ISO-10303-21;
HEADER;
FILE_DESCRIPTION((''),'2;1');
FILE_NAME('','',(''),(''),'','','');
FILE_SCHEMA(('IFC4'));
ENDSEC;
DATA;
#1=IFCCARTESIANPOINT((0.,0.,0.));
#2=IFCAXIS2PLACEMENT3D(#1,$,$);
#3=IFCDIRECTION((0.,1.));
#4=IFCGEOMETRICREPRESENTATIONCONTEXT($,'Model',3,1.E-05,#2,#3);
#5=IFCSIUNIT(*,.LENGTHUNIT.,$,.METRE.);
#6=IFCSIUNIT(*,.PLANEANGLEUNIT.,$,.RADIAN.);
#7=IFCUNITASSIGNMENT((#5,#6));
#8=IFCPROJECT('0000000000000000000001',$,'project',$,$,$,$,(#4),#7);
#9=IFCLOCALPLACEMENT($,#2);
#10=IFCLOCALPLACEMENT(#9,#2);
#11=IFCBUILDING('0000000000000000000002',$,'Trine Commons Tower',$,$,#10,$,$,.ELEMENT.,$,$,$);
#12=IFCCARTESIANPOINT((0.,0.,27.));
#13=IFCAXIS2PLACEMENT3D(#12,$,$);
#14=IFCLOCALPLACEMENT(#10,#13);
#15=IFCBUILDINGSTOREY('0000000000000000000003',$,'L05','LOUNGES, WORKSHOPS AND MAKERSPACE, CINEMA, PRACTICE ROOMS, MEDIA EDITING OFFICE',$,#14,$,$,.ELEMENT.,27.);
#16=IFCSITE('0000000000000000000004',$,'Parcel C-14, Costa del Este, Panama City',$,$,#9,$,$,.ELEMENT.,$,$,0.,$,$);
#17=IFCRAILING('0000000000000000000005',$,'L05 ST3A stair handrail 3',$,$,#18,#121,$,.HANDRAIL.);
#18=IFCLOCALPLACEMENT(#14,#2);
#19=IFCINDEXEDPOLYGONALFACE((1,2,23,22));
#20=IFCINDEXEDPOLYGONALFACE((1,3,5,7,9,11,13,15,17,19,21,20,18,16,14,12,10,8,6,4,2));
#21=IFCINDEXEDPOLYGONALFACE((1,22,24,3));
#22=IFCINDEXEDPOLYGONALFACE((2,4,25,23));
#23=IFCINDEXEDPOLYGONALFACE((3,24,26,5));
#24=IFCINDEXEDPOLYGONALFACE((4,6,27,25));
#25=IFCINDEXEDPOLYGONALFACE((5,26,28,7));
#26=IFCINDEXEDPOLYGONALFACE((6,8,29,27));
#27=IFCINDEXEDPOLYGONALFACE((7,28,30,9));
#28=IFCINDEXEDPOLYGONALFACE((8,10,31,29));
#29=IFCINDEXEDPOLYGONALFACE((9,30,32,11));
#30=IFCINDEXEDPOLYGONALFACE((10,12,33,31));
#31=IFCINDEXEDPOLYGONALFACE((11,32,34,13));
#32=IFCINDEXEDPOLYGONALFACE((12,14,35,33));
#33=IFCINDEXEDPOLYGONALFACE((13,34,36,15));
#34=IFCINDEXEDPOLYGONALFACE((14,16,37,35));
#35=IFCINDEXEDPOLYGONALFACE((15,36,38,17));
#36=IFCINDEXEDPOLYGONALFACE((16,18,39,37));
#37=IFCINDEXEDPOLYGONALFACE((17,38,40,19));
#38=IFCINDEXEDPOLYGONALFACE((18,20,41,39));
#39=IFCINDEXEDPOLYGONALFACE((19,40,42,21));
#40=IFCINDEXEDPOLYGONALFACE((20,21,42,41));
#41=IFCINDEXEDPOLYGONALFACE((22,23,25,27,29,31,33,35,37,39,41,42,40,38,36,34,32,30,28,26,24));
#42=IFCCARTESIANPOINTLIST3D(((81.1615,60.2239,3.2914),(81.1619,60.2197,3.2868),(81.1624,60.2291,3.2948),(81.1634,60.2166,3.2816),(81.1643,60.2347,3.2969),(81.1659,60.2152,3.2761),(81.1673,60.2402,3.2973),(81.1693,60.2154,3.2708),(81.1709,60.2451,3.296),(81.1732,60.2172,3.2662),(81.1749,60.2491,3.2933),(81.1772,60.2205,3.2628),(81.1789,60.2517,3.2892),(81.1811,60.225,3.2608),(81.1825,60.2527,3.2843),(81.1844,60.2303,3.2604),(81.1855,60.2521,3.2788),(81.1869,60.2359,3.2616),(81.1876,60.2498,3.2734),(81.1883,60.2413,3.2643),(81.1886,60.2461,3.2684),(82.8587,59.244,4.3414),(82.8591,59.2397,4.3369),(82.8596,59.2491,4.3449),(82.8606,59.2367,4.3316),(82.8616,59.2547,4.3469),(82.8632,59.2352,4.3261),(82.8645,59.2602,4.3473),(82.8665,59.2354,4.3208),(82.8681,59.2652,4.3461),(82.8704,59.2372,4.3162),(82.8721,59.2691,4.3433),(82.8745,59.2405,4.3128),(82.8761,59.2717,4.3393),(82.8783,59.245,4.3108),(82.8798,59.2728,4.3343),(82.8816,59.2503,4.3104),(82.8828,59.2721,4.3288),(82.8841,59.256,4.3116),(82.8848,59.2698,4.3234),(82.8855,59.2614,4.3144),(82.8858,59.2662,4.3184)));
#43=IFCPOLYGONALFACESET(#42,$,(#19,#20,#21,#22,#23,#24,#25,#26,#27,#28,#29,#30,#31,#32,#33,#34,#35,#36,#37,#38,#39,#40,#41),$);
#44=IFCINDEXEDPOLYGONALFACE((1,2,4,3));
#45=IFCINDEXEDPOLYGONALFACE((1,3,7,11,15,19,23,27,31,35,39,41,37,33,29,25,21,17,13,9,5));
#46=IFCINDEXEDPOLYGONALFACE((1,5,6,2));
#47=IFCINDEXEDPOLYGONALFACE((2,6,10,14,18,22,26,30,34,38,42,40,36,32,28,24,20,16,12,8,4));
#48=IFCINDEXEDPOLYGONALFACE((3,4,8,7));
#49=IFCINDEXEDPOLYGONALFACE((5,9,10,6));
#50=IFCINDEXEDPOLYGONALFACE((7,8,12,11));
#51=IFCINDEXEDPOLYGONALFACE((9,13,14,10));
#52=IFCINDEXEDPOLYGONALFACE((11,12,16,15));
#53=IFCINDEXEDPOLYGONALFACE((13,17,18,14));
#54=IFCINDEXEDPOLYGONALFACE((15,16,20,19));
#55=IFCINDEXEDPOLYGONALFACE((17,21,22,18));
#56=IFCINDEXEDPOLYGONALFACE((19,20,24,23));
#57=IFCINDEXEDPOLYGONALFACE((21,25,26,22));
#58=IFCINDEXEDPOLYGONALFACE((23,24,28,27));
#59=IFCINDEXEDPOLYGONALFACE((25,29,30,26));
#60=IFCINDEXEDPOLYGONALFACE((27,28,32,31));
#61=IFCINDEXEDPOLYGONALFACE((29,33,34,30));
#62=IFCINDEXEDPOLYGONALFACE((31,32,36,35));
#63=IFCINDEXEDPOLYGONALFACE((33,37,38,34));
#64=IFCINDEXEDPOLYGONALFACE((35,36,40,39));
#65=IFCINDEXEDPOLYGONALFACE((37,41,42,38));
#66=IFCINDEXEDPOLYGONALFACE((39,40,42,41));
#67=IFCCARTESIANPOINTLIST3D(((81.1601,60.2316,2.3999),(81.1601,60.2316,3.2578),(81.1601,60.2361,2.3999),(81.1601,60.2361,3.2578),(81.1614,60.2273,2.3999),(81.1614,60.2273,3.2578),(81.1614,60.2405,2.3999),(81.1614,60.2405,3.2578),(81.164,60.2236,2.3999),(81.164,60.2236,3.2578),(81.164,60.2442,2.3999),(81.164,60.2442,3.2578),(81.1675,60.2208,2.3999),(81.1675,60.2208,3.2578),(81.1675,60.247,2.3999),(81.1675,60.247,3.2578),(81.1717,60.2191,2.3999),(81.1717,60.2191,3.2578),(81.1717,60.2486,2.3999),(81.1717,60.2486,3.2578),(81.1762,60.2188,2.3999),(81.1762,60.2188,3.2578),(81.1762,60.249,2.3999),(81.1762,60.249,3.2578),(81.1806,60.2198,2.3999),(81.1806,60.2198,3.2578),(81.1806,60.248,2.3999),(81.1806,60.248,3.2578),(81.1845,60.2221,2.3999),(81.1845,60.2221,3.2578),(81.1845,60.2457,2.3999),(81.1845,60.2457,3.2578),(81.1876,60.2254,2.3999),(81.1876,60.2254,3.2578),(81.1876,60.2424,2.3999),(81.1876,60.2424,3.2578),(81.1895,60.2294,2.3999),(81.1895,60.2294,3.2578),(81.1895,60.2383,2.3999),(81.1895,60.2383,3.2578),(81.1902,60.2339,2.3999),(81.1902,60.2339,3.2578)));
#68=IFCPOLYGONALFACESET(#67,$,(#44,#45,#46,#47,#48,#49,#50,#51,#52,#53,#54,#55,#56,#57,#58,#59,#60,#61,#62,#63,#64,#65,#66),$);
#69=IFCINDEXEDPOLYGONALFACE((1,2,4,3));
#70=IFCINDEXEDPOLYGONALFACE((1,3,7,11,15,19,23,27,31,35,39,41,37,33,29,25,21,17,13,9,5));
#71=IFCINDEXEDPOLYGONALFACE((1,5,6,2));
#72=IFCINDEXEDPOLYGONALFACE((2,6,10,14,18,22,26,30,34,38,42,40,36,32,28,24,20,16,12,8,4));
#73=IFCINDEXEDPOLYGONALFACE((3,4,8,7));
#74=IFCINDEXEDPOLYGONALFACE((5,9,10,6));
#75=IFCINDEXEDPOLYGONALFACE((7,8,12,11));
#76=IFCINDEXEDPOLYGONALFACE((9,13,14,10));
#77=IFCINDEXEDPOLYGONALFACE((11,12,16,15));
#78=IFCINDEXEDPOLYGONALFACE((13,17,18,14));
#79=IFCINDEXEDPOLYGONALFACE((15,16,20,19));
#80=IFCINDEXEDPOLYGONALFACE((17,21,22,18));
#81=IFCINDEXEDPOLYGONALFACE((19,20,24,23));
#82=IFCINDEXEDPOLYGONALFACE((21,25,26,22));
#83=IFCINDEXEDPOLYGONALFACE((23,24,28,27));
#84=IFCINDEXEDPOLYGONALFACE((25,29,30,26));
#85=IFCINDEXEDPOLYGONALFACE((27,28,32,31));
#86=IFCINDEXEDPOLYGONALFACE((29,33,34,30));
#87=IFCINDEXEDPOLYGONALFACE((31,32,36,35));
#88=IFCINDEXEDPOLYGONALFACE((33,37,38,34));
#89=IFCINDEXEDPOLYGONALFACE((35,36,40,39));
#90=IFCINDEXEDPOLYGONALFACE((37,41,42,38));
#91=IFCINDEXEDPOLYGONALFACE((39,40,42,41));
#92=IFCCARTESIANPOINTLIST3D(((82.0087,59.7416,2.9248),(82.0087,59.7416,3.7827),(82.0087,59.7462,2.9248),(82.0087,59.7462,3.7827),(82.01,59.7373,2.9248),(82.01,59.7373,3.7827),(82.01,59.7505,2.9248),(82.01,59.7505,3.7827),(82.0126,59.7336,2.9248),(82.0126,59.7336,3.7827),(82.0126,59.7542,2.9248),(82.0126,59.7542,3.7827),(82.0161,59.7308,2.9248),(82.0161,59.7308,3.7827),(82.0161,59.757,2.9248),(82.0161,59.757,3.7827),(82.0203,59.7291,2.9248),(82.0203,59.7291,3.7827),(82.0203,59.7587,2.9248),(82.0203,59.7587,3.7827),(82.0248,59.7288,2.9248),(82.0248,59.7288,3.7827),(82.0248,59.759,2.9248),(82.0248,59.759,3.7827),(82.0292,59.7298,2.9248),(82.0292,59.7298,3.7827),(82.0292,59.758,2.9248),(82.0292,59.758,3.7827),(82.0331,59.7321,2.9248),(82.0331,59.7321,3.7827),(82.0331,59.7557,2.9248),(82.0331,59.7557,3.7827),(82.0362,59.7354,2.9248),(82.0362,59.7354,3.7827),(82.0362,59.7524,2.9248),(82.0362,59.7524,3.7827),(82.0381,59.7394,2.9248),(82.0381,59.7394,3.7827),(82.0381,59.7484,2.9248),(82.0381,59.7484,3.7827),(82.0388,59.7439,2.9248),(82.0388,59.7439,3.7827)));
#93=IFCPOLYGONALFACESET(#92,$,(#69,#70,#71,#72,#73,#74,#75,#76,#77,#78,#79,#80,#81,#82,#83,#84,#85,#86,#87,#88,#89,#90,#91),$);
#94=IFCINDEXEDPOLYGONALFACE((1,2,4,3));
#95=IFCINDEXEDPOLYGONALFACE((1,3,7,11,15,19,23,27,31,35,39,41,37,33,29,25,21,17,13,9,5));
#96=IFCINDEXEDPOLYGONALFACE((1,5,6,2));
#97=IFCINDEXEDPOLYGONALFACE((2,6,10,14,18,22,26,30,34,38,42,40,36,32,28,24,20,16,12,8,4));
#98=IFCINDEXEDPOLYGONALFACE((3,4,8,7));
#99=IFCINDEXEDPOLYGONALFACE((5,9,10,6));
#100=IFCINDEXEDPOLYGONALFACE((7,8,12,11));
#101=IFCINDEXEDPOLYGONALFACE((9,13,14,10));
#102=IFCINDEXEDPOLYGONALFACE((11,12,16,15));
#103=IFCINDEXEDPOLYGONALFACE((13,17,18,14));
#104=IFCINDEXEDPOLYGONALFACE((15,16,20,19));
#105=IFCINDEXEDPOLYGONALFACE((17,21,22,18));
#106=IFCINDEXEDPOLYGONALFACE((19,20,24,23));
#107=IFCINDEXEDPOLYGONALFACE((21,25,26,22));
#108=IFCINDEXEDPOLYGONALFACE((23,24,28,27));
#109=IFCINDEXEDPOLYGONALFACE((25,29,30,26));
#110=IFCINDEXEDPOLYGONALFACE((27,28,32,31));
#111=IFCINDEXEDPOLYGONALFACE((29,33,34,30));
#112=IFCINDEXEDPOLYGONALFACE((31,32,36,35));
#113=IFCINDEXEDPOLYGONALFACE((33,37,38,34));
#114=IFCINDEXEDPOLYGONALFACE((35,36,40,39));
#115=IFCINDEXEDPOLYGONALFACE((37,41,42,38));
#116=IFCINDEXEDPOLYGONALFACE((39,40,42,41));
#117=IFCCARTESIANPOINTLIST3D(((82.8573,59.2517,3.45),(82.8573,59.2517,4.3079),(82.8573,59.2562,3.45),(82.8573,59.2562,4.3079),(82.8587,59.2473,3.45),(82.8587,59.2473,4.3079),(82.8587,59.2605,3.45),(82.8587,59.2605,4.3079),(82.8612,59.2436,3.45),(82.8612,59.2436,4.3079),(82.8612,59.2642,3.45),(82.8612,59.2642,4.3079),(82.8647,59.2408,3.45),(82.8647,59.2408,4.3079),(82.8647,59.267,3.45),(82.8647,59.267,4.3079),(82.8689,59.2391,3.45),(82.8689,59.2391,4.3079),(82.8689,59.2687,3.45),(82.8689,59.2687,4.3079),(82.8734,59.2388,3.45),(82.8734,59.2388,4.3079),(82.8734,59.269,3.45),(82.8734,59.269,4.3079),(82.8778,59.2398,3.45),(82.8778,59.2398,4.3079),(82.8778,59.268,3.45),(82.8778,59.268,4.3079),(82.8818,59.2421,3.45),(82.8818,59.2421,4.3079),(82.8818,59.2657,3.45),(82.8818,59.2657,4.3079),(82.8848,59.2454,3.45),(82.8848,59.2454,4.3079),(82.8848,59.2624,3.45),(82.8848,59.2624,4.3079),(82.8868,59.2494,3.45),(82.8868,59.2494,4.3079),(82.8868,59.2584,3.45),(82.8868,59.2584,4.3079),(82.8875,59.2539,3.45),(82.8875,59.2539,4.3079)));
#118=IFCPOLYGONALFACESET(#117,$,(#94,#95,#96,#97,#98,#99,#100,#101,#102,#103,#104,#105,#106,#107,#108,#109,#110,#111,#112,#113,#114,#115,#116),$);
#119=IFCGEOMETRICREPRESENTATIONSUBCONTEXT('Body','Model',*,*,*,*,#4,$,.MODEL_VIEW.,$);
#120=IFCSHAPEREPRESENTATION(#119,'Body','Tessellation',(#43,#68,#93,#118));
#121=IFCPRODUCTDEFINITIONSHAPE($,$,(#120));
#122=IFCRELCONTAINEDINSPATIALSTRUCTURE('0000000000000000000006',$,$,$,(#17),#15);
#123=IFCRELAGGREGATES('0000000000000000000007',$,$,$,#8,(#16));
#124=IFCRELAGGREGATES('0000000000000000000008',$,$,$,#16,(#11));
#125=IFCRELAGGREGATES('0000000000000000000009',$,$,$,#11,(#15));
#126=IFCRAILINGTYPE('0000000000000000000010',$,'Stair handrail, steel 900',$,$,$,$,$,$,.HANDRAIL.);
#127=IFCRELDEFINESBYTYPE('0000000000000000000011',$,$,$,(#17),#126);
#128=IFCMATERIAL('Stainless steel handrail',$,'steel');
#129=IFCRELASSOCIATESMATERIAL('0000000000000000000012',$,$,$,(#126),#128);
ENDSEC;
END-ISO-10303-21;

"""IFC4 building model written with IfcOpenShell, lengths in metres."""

from ifc_helpers import new_model, si_unit, direction, frame, origin, origin_2d, place, context, subcontext, project, spatial, circle, extrude, material, type_object, element, save


model = new_model("IFC4")

# Units and contexts
model_context = context("Model", 3, precision=1e-05, world=origin(), true_north=direction((0.0, 1.0)))
body_context = subcontext(model_context, "Body", "Model", "MODEL_VIEW")
ifc_project = project(units=[si_unit("LENGTHUNIT", "METRE"), si_unit("PLANEANGLEUNIT", "RADIAN")], contexts=[model_context])

# Site, building, storey
site_placement = place(None, origin())
site = spatial("IfcSite", under=ifc_project, at=site_placement, Name="Parcel C-14, Costa del Este, Panama City", CompositionType="ELEMENT", RefElevation=0.0)
building_placement = place(site_placement, origin())
building = spatial("IfcBuilding", under=site, at=building_placement, Name="Trine Commons Tower", CompositionType="ELEMENT")
storey_placement = place(building_placement, frame((0.0, 0.0, 27.0)))
storey = spatial("IfcBuildingStorey", under=building, at=storey_placement, Name="L05", Description="LOUNGES, WORKSHOPS AND MAKERSPACE, CINEMA, PRACTICE ROOMS, MEDIA EDITING OFFICE", CompositionType="ELEMENT", Elevation=27.0)

# Railing
ifc_material_1 = material(Name="Stainless steel handrail", Category="steel")
railing_type_1 = type_object("IfcRailingType", Name="Stair handrail, steel 900", PredefinedType="HANDRAIL", material=ifc_material_1)
railing_1_placement = place(storey_placement, frame((81.175, 60.2339, 2.3999)))
element("IfcRailing", 1, at=railing_1_placement, inside=storey, type_object=railing_type_1, Name="L05 ST3A stair handrail 3", PredefinedType="HANDRAIL", context=body_context, shape_type="SweptSolid", body=[
    extrude(circle(Radius=0.021, at=origin_2d()), frame((0.0, 0.0, 0.8789), z_axis=(0.763352, -0.44075, 0.472264), x_axis=(0.500024, 0.866011, 0.0)), (0.0, 0.0, 1.0), 2.2234),
    extrude(circle(Radius=0.0151, at=origin_2d()), origin(), (0.0, 0.0, 1.0), 0.8579),
    extrude(circle(Radius=0.0151, at=origin_2d()), frame((0.8486, -0.49, 0.5249)), (0.0, 0.0, 1.0), 0.8579),
    extrude(circle(Radius=0.0151, at=origin_2d()), frame((1.6973, -0.98, 1.05)), (0.0, 0.0, 1.0), 0.8579),
])

save(model, "model.ifc")
